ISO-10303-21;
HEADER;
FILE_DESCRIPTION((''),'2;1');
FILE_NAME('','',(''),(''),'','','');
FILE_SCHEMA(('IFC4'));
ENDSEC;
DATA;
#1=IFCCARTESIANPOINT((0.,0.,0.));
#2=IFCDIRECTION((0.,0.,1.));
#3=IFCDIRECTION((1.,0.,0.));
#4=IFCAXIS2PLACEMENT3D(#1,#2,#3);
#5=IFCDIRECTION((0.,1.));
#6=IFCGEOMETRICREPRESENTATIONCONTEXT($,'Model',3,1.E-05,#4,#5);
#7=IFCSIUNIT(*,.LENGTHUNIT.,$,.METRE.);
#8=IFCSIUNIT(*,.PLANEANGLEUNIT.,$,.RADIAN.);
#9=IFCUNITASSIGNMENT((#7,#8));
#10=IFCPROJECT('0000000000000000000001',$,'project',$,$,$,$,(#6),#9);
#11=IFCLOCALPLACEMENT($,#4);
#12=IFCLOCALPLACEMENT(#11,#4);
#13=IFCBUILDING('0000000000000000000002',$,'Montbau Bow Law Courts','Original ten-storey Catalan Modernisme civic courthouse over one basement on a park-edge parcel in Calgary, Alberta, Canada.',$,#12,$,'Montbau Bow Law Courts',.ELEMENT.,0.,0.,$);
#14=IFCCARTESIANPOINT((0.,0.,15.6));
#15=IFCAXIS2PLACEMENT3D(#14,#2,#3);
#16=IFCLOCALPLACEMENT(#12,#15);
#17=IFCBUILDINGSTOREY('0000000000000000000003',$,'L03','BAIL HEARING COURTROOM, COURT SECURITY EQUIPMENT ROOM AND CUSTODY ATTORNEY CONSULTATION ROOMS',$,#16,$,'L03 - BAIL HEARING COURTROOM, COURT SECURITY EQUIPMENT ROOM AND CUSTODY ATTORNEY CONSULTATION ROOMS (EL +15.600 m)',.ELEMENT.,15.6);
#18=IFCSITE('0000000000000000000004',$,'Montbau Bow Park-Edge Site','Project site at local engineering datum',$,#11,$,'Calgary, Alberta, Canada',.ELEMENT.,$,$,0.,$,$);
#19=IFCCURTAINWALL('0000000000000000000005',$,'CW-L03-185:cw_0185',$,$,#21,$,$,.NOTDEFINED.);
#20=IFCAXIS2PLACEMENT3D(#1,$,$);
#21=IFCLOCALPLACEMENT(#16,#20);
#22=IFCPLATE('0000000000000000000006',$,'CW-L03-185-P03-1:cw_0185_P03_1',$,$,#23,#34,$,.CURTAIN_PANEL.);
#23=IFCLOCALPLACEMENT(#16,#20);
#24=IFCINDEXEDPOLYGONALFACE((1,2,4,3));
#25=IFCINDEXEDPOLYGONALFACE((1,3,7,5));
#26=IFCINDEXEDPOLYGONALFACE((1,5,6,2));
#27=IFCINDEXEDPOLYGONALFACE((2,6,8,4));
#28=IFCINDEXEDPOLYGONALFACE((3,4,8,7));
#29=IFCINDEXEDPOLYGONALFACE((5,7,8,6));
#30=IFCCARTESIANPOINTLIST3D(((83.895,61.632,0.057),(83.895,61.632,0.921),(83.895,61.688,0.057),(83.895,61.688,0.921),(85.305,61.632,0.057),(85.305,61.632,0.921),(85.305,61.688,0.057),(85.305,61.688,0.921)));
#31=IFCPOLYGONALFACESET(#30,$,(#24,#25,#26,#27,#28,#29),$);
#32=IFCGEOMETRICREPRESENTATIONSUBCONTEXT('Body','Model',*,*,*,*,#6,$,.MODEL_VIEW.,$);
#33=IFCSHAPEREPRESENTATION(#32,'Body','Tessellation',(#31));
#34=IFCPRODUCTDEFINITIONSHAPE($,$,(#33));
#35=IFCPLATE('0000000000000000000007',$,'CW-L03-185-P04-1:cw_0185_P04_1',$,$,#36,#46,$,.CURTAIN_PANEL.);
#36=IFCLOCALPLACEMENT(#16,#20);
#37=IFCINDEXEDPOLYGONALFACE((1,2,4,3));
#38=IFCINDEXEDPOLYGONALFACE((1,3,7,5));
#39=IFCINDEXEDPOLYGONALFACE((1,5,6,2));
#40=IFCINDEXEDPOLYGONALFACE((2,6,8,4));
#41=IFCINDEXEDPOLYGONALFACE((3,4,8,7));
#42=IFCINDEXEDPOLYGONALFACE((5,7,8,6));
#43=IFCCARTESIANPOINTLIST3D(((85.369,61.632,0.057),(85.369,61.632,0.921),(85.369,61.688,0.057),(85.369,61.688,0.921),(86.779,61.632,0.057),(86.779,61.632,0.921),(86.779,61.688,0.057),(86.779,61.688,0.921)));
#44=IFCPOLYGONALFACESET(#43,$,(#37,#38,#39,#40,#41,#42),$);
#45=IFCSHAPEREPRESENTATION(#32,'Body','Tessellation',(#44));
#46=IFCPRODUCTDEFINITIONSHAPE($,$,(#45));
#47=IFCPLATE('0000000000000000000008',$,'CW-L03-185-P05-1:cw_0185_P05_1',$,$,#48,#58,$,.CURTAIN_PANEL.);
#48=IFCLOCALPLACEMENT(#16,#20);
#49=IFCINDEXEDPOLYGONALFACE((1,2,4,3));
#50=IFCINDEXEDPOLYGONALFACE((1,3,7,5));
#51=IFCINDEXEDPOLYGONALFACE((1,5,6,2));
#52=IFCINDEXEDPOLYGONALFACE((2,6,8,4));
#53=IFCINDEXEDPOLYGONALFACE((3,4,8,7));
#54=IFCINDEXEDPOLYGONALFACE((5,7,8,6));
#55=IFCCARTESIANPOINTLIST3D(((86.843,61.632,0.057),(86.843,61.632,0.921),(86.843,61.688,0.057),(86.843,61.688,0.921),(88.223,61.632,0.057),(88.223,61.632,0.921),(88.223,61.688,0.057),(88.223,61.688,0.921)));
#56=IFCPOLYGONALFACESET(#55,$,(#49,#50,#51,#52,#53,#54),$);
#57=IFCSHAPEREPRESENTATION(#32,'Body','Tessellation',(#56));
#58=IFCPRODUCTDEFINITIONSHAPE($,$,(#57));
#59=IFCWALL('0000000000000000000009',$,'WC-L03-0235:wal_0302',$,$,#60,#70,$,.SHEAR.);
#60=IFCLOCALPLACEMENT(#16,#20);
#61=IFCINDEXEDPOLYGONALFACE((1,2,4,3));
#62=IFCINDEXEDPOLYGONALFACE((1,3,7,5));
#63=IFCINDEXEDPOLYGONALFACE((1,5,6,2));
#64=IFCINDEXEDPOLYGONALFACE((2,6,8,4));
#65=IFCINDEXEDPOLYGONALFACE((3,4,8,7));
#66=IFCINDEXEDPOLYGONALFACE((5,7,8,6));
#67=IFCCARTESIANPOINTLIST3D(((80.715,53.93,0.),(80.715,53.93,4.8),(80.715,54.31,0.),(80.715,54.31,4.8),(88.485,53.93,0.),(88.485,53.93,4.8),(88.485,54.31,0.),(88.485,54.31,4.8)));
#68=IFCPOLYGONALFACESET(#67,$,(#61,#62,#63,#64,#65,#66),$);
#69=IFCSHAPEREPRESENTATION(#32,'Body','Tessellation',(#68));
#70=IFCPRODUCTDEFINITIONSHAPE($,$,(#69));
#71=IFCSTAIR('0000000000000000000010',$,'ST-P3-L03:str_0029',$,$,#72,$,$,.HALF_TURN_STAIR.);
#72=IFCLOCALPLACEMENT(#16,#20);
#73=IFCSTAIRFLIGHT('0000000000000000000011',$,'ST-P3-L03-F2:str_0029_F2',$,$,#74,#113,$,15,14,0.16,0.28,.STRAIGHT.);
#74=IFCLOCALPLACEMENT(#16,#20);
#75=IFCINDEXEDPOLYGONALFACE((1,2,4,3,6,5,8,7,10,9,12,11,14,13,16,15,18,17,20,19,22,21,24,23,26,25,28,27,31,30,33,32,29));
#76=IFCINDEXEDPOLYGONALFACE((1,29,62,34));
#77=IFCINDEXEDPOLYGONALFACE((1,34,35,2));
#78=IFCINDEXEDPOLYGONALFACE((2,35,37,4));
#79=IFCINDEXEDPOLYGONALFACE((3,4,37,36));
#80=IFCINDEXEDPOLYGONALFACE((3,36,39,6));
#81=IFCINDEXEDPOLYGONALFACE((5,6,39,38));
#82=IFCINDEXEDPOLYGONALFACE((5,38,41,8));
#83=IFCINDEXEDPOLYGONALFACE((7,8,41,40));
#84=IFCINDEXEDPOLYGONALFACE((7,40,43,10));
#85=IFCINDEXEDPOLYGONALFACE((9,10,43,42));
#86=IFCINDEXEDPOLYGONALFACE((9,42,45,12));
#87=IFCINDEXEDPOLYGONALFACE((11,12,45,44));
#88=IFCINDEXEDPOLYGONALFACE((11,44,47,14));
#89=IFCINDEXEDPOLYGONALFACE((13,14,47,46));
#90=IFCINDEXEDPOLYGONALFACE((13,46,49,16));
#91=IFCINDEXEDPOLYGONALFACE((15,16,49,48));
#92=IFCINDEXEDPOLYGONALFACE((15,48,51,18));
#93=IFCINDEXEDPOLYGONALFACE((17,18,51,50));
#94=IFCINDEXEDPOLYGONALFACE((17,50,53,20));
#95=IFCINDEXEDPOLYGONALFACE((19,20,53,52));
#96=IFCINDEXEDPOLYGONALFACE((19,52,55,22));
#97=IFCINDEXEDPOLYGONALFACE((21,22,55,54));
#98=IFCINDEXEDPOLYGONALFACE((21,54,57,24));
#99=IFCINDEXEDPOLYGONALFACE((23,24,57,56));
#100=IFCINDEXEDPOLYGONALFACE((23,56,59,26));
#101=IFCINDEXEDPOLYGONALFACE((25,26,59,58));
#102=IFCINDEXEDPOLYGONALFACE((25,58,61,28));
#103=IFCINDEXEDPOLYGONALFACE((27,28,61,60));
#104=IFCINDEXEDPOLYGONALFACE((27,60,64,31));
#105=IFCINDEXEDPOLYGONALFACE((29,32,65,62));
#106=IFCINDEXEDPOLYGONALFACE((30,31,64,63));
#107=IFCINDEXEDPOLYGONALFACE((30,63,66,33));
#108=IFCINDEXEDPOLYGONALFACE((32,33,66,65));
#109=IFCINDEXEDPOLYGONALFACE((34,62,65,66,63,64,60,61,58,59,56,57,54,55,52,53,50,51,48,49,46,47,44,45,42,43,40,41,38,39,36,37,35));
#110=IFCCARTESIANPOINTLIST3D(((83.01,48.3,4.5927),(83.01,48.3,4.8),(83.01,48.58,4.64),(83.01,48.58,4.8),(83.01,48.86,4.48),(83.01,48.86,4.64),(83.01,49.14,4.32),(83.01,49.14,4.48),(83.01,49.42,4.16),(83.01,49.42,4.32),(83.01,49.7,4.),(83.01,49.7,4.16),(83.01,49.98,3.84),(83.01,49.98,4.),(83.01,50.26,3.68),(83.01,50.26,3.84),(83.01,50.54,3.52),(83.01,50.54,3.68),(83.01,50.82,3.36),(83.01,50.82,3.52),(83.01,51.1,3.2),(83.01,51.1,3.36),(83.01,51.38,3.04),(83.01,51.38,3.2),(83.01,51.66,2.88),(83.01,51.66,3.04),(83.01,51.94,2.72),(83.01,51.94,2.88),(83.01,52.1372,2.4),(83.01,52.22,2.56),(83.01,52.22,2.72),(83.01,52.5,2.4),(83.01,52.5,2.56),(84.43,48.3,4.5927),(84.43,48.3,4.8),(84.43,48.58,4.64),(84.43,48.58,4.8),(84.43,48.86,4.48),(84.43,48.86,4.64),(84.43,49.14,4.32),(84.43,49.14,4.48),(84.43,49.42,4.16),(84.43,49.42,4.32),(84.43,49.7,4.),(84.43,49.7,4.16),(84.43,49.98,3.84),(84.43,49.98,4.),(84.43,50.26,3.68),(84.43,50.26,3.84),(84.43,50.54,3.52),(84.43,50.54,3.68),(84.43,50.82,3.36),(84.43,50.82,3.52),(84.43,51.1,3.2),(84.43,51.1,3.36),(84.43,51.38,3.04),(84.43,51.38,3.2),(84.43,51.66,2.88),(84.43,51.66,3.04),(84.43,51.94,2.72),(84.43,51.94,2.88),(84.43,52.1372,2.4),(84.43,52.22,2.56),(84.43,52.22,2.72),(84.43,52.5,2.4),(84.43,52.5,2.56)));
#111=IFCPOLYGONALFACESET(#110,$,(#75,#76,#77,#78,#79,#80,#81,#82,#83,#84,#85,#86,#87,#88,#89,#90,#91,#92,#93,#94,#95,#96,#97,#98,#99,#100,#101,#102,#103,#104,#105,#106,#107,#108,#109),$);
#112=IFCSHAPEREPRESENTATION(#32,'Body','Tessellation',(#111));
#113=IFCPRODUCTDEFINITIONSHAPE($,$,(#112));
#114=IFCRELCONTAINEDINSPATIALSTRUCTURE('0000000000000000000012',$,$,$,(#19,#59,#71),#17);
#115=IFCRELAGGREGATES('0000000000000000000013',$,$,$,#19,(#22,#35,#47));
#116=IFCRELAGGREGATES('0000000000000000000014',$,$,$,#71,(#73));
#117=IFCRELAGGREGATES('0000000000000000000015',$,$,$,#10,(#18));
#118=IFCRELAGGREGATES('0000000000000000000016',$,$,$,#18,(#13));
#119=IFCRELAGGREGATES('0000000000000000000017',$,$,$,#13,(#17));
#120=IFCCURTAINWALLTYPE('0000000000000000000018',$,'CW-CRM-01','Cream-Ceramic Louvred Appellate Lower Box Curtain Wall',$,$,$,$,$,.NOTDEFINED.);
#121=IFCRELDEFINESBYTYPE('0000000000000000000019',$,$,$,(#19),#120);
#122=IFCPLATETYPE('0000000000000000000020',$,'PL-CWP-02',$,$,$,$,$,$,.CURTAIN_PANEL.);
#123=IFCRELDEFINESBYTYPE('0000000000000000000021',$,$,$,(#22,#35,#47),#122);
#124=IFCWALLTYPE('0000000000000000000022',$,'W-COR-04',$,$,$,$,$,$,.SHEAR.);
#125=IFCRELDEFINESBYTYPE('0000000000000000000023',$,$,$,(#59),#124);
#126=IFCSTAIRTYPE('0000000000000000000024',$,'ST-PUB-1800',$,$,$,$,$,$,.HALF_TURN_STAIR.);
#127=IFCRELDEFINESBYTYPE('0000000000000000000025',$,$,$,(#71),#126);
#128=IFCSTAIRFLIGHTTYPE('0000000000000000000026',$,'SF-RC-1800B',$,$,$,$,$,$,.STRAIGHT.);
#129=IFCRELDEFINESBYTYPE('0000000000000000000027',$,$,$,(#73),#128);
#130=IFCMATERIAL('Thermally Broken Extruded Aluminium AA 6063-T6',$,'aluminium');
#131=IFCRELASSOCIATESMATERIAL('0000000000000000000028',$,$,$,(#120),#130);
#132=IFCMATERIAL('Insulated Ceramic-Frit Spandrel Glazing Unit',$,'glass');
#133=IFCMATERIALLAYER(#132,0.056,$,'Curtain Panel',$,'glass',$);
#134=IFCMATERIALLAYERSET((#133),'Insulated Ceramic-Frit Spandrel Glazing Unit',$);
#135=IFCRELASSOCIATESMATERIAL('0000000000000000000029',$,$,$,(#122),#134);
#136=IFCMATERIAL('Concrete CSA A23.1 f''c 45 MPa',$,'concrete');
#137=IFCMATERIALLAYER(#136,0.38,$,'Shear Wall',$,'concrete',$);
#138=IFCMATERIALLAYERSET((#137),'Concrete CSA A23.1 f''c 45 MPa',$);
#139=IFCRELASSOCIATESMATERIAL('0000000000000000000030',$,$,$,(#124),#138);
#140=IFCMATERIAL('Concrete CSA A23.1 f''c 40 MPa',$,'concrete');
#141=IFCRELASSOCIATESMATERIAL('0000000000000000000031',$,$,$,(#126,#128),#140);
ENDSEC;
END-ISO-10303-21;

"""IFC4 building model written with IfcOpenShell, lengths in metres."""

from ifc_helpers import new_model, si_unit, direction, frame, frame_2d, origin_with_axes, place, context, subcontext, project, spatial, polyline, rectangle, outline, extrude, material, layer, layer_set, type_object, element, aggregate, save


model = new_model("IFC4")

# Units and contexts
model_context = context("Model", 3, precision=1e-05, world=origin_with_axes(), true_north=direction((0.0, 1.0)))
body_context = subcontext(model_context, "Body", "Model", "MODEL_VIEW")
ifc_project = project(units=[si_unit("LENGTHUNIT", "METRE"), si_unit("PLANEANGLEUNIT", "RADIAN")], contexts=[model_context])

# Site, building, storey
site_placement = place(None, origin_with_axes())
site = spatial("IfcSite", under=ifc_project, at=site_placement, Name="Montbau Bow Park-Edge Site", Description="Project site at local engineering datum", LongName="Calgary, Alberta, Canada", CompositionType="ELEMENT", RefElevation=0.0)
building_placement = place(site_placement, origin_with_axes())
building = spatial("IfcBuilding", under=site, at=building_placement, Name="Montbau Bow Law Courts", Description="Original ten-storey Catalan Modernisme civic courthouse over one basement on a park-edge parcel in Calgary, Alberta, Canada.", LongName="Montbau Bow Law Courts", CompositionType="ELEMENT", ElevationOfRefHeight=0.0, ElevationOfTerrain=0.0)
storey_placement = place(building_placement, frame((0.0, 0.0, 15.6), z_axis=(0.0, 0.0, 1.0), x_axis=(1.0, 0.0, 0.0)))
storey = spatial("IfcBuildingStorey", under=building, at=storey_placement, Name="L03", Description="BAIL HEARING COURTROOM, COURT SECURITY EQUIPMENT ROOM AND CUSTODY ATTORNEY CONSULTATION ROOMS", LongName="L03 - BAIL HEARING COURTROOM, COURT SECURITY EQUIPMENT ROOM AND CUSTODY ATTORNEY CONSULTATION ROOMS (EL +15.600 m)", CompositionType="ELEMENT", Elevation=15.6)

# Curtain wall, plates
ifc_material_1 = material(Name="Thermally Broken Extruded Aluminium AA 6063-T6", Category="aluminium")
curtain_wall_type = type_object("IfcCurtainWallType", Name="CW-CRM-01", Description="Cream-Ceramic Louvred Appellate Lower Box Curtain Wall", PredefinedType="NOTDEFINED", material=ifc_material_1)
curtain_wall_placement = place(None, frame((80.915, 61.66, 15.6), z_axis=(0.0, 0.0, 1.0), x_axis=(1.0, 0.0, 0.0)))
curtain_wall = element("IfcCurtainWall", 1, at=curtain_wall_placement, inside=storey, type_object=curtain_wall_type, Name="CW-L03-185:cw_0185", PredefinedType="NOTDEFINED")
ifc_material_2 = material(Name="Insulated Ceramic-Frit Spandrel Glazing Unit", Category="glass")
ifc_layer_1 = layer(ifc_material_2, 0.056, Name="Curtain Panel", Category="glass")
ifc_layer_set_1 = layer_set([ifc_layer_1], Name="Insulated Ceramic-Frit Spandrel Glazing Unit")
plate_type_1 = type_object("IfcPlateType", Name="PL-CWP-02", PredefinedType="CURTAIN_PANEL", material=ifc_layer_set_1)
plate_1_placement = place(None, frame((83.895, 61.66, 15.657), z_axis=(0.0, -1.0, 0.0), x_axis=(1.0, 0.0, 0.0)))
plate_1 = element("IfcPlate", 2, at=plate_1_placement, type_object=plate_type_1, Name="CW-L03-185-P03-1:cw_0185_P03_1", PredefinedType="CURTAIN_PANEL", context=body_context, shape_type="SweptSolid", body=[
    extrude(rectangle(XDim=1.41, YDim=0.864, at=frame_2d((0.705, 0.432), x_axis=(1.0, 0.0))), frame((0.0, 0.0, -0.028), z_axis=(0.0, 0.0, 1.0), x_axis=(1.0, 0.0, 0.0)), (0.0, 0.0, 1.0), 0.056),
])
plate_2_placement = place(None, frame((85.369, 61.66, 15.657), z_axis=(0.0, -1.0, 0.0), x_axis=(1.0, 0.0, 0.0)))
plate_2 = element("IfcPlate", 3, at=plate_2_placement, type_object=plate_type_1, Name="CW-L03-185-P04-1:cw_0185_P04_1", PredefinedType="CURTAIN_PANEL", context=body_context, shape_type="SweptSolid", body=[
    extrude(rectangle(XDim=1.41, YDim=0.864, at=frame_2d((0.705, 0.432), x_axis=(1.0, 0.0))), frame((0.0, 0.0, -0.028), z_axis=(0.0, 0.0, 1.0), x_axis=(1.0, 0.0, 0.0)), (0.0, 0.0, 1.0), 0.056),
])
plate_3_placement = place(None, frame((86.843, 61.66, 15.657), z_axis=(0.0, -1.0, 0.0), x_axis=(1.0, 0.0, 0.0)))
plate_3 = element("IfcPlate", 4, at=plate_3_placement, type_object=plate_type_1, Name="CW-L03-185-P05-1:cw_0185_P05_1", PredefinedType="CURTAIN_PANEL", context=body_context, shape_type="SweptSolid", body=[
    extrude(rectangle(XDim=1.38, YDim=0.864, at=frame_2d((0.69, 0.432), x_axis=(1.0, 0.0))), frame((0.0, 0.0, -0.028), z_axis=(0.0, 0.0, 1.0), x_axis=(1.0, 0.0, 0.0)), (0.0, 0.0, 1.0), 0.056),
])
aggregate(curtain_wall, [plate_1, plate_2, plate_3])

# Wall
ifc_material_3 = material(Name="Concrete CSA A23.1 f'c 45 MPa", Category="concrete")
ifc_layer_2 = layer(ifc_material_3, 0.38, Name="Shear Wall", Category="concrete")
ifc_layer_set_2 = layer_set([ifc_layer_2], Name="Concrete CSA A23.1 f'c 45 MPa")
wall_type = type_object("IfcWallType", Name="W-COR-04", PredefinedType="SHEAR", material=ifc_layer_set_2)
wall_placement = place(None, frame((88.485, 54.12, 15.6), z_axis=(0.0, 0.0, 1.0), x_axis=(-1.0, 0.0, 0.0)))
element("IfcWall", 5, at=wall_placement, inside=storey, type_object=wall_type, Name="WC-L03-0235:wal_0302", PredefinedType="SHEAR", context=body_context, shape_type="SweptSolid", body=[
    extrude(rectangle(XDim=7.77, YDim=0.38, at=frame_2d((3.885, 0.0), x_axis=(1.0, 0.0))), origin_with_axes(), (0.0, 0.0, 1.0), 4.8),
])

# Stair, stair flight
ifc_material_4 = material(Name="Concrete CSA A23.1 f'c 40 MPa", Category="concrete")
stair_type = type_object("IfcStairType", Name="ST-PUB-1800", PredefinedType="HALF_TURN_STAIR", material=ifc_material_4)
stair_placement = place(None, frame((81.905, 48.3, 15.6), z_axis=(0.0, 0.0, 1.0), x_axis=(1.0, 0.0, 0.0)))
stair = element("IfcStair", 6, at=stair_placement, inside=storey, type_object=stair_type, Name="ST-P3-L03:str_0029", PredefinedType="HALF_TURN_STAIR")
stair_flight_type = type_object("IfcStairFlightType", Name="SF-RC-1800B", PredefinedType="STRAIGHT", material=ifc_material_4)
stair_flight_placement = place(None, frame((83.72, 52.5, 18.0), z_axis=(0.0, 0.0, 1.0), x_axis=(0.0, -1.0, 0.0)))
stair_flight = element("IfcStairFlight", 7, at=stair_flight_placement, type_object=stair_flight_type, Name="ST-P3-L03-F2:str_0029_F2", NumberOfRisers=15, NumberOfTreads=14, PredefinedType="STRAIGHT", RiserHeight=0.16, TreadLength=0.28, context=body_context, shape_type="SweptSolid", body=[
    extrude(outline(polyline([(0.0, 0.0), (0.0, 0.16), (0.28, 0.16), (0.28, 0.32), (0.56, 0.32), (0.56, 0.48), (0.84, 0.48), (0.84, 0.64), (1.12, 0.64), (1.12, 0.8), (1.4, 0.8), (1.4, 0.96), (1.68, 0.96), (1.68, 1.12), (1.96, 1.12), (1.96, 1.28), (2.24, 1.28), (2.24, 1.44), (2.52, 1.44), (2.52, 1.6), (2.8, 1.6), (2.8, 1.76), (3.08, 1.76), (3.08, 1.92), (3.36, 1.92), (3.36, 2.08), (3.64, 2.08), (3.64, 2.24), (3.92, 2.24), (3.92, 2.4), (4.2, 2.4), (4.2, 2.1927), (0.3628, 0.0), (0.0, 0.0)])), frame((0.0, 0.71, 0.0), z_axis=(0.0, -1.0, 0.0), x_axis=(1.0, 0.0, 0.0)), (0.0, 0.0, 1.0), 1.42),
])
aggregate(stair, [stair_flight])

save(model, "model.ifc")
